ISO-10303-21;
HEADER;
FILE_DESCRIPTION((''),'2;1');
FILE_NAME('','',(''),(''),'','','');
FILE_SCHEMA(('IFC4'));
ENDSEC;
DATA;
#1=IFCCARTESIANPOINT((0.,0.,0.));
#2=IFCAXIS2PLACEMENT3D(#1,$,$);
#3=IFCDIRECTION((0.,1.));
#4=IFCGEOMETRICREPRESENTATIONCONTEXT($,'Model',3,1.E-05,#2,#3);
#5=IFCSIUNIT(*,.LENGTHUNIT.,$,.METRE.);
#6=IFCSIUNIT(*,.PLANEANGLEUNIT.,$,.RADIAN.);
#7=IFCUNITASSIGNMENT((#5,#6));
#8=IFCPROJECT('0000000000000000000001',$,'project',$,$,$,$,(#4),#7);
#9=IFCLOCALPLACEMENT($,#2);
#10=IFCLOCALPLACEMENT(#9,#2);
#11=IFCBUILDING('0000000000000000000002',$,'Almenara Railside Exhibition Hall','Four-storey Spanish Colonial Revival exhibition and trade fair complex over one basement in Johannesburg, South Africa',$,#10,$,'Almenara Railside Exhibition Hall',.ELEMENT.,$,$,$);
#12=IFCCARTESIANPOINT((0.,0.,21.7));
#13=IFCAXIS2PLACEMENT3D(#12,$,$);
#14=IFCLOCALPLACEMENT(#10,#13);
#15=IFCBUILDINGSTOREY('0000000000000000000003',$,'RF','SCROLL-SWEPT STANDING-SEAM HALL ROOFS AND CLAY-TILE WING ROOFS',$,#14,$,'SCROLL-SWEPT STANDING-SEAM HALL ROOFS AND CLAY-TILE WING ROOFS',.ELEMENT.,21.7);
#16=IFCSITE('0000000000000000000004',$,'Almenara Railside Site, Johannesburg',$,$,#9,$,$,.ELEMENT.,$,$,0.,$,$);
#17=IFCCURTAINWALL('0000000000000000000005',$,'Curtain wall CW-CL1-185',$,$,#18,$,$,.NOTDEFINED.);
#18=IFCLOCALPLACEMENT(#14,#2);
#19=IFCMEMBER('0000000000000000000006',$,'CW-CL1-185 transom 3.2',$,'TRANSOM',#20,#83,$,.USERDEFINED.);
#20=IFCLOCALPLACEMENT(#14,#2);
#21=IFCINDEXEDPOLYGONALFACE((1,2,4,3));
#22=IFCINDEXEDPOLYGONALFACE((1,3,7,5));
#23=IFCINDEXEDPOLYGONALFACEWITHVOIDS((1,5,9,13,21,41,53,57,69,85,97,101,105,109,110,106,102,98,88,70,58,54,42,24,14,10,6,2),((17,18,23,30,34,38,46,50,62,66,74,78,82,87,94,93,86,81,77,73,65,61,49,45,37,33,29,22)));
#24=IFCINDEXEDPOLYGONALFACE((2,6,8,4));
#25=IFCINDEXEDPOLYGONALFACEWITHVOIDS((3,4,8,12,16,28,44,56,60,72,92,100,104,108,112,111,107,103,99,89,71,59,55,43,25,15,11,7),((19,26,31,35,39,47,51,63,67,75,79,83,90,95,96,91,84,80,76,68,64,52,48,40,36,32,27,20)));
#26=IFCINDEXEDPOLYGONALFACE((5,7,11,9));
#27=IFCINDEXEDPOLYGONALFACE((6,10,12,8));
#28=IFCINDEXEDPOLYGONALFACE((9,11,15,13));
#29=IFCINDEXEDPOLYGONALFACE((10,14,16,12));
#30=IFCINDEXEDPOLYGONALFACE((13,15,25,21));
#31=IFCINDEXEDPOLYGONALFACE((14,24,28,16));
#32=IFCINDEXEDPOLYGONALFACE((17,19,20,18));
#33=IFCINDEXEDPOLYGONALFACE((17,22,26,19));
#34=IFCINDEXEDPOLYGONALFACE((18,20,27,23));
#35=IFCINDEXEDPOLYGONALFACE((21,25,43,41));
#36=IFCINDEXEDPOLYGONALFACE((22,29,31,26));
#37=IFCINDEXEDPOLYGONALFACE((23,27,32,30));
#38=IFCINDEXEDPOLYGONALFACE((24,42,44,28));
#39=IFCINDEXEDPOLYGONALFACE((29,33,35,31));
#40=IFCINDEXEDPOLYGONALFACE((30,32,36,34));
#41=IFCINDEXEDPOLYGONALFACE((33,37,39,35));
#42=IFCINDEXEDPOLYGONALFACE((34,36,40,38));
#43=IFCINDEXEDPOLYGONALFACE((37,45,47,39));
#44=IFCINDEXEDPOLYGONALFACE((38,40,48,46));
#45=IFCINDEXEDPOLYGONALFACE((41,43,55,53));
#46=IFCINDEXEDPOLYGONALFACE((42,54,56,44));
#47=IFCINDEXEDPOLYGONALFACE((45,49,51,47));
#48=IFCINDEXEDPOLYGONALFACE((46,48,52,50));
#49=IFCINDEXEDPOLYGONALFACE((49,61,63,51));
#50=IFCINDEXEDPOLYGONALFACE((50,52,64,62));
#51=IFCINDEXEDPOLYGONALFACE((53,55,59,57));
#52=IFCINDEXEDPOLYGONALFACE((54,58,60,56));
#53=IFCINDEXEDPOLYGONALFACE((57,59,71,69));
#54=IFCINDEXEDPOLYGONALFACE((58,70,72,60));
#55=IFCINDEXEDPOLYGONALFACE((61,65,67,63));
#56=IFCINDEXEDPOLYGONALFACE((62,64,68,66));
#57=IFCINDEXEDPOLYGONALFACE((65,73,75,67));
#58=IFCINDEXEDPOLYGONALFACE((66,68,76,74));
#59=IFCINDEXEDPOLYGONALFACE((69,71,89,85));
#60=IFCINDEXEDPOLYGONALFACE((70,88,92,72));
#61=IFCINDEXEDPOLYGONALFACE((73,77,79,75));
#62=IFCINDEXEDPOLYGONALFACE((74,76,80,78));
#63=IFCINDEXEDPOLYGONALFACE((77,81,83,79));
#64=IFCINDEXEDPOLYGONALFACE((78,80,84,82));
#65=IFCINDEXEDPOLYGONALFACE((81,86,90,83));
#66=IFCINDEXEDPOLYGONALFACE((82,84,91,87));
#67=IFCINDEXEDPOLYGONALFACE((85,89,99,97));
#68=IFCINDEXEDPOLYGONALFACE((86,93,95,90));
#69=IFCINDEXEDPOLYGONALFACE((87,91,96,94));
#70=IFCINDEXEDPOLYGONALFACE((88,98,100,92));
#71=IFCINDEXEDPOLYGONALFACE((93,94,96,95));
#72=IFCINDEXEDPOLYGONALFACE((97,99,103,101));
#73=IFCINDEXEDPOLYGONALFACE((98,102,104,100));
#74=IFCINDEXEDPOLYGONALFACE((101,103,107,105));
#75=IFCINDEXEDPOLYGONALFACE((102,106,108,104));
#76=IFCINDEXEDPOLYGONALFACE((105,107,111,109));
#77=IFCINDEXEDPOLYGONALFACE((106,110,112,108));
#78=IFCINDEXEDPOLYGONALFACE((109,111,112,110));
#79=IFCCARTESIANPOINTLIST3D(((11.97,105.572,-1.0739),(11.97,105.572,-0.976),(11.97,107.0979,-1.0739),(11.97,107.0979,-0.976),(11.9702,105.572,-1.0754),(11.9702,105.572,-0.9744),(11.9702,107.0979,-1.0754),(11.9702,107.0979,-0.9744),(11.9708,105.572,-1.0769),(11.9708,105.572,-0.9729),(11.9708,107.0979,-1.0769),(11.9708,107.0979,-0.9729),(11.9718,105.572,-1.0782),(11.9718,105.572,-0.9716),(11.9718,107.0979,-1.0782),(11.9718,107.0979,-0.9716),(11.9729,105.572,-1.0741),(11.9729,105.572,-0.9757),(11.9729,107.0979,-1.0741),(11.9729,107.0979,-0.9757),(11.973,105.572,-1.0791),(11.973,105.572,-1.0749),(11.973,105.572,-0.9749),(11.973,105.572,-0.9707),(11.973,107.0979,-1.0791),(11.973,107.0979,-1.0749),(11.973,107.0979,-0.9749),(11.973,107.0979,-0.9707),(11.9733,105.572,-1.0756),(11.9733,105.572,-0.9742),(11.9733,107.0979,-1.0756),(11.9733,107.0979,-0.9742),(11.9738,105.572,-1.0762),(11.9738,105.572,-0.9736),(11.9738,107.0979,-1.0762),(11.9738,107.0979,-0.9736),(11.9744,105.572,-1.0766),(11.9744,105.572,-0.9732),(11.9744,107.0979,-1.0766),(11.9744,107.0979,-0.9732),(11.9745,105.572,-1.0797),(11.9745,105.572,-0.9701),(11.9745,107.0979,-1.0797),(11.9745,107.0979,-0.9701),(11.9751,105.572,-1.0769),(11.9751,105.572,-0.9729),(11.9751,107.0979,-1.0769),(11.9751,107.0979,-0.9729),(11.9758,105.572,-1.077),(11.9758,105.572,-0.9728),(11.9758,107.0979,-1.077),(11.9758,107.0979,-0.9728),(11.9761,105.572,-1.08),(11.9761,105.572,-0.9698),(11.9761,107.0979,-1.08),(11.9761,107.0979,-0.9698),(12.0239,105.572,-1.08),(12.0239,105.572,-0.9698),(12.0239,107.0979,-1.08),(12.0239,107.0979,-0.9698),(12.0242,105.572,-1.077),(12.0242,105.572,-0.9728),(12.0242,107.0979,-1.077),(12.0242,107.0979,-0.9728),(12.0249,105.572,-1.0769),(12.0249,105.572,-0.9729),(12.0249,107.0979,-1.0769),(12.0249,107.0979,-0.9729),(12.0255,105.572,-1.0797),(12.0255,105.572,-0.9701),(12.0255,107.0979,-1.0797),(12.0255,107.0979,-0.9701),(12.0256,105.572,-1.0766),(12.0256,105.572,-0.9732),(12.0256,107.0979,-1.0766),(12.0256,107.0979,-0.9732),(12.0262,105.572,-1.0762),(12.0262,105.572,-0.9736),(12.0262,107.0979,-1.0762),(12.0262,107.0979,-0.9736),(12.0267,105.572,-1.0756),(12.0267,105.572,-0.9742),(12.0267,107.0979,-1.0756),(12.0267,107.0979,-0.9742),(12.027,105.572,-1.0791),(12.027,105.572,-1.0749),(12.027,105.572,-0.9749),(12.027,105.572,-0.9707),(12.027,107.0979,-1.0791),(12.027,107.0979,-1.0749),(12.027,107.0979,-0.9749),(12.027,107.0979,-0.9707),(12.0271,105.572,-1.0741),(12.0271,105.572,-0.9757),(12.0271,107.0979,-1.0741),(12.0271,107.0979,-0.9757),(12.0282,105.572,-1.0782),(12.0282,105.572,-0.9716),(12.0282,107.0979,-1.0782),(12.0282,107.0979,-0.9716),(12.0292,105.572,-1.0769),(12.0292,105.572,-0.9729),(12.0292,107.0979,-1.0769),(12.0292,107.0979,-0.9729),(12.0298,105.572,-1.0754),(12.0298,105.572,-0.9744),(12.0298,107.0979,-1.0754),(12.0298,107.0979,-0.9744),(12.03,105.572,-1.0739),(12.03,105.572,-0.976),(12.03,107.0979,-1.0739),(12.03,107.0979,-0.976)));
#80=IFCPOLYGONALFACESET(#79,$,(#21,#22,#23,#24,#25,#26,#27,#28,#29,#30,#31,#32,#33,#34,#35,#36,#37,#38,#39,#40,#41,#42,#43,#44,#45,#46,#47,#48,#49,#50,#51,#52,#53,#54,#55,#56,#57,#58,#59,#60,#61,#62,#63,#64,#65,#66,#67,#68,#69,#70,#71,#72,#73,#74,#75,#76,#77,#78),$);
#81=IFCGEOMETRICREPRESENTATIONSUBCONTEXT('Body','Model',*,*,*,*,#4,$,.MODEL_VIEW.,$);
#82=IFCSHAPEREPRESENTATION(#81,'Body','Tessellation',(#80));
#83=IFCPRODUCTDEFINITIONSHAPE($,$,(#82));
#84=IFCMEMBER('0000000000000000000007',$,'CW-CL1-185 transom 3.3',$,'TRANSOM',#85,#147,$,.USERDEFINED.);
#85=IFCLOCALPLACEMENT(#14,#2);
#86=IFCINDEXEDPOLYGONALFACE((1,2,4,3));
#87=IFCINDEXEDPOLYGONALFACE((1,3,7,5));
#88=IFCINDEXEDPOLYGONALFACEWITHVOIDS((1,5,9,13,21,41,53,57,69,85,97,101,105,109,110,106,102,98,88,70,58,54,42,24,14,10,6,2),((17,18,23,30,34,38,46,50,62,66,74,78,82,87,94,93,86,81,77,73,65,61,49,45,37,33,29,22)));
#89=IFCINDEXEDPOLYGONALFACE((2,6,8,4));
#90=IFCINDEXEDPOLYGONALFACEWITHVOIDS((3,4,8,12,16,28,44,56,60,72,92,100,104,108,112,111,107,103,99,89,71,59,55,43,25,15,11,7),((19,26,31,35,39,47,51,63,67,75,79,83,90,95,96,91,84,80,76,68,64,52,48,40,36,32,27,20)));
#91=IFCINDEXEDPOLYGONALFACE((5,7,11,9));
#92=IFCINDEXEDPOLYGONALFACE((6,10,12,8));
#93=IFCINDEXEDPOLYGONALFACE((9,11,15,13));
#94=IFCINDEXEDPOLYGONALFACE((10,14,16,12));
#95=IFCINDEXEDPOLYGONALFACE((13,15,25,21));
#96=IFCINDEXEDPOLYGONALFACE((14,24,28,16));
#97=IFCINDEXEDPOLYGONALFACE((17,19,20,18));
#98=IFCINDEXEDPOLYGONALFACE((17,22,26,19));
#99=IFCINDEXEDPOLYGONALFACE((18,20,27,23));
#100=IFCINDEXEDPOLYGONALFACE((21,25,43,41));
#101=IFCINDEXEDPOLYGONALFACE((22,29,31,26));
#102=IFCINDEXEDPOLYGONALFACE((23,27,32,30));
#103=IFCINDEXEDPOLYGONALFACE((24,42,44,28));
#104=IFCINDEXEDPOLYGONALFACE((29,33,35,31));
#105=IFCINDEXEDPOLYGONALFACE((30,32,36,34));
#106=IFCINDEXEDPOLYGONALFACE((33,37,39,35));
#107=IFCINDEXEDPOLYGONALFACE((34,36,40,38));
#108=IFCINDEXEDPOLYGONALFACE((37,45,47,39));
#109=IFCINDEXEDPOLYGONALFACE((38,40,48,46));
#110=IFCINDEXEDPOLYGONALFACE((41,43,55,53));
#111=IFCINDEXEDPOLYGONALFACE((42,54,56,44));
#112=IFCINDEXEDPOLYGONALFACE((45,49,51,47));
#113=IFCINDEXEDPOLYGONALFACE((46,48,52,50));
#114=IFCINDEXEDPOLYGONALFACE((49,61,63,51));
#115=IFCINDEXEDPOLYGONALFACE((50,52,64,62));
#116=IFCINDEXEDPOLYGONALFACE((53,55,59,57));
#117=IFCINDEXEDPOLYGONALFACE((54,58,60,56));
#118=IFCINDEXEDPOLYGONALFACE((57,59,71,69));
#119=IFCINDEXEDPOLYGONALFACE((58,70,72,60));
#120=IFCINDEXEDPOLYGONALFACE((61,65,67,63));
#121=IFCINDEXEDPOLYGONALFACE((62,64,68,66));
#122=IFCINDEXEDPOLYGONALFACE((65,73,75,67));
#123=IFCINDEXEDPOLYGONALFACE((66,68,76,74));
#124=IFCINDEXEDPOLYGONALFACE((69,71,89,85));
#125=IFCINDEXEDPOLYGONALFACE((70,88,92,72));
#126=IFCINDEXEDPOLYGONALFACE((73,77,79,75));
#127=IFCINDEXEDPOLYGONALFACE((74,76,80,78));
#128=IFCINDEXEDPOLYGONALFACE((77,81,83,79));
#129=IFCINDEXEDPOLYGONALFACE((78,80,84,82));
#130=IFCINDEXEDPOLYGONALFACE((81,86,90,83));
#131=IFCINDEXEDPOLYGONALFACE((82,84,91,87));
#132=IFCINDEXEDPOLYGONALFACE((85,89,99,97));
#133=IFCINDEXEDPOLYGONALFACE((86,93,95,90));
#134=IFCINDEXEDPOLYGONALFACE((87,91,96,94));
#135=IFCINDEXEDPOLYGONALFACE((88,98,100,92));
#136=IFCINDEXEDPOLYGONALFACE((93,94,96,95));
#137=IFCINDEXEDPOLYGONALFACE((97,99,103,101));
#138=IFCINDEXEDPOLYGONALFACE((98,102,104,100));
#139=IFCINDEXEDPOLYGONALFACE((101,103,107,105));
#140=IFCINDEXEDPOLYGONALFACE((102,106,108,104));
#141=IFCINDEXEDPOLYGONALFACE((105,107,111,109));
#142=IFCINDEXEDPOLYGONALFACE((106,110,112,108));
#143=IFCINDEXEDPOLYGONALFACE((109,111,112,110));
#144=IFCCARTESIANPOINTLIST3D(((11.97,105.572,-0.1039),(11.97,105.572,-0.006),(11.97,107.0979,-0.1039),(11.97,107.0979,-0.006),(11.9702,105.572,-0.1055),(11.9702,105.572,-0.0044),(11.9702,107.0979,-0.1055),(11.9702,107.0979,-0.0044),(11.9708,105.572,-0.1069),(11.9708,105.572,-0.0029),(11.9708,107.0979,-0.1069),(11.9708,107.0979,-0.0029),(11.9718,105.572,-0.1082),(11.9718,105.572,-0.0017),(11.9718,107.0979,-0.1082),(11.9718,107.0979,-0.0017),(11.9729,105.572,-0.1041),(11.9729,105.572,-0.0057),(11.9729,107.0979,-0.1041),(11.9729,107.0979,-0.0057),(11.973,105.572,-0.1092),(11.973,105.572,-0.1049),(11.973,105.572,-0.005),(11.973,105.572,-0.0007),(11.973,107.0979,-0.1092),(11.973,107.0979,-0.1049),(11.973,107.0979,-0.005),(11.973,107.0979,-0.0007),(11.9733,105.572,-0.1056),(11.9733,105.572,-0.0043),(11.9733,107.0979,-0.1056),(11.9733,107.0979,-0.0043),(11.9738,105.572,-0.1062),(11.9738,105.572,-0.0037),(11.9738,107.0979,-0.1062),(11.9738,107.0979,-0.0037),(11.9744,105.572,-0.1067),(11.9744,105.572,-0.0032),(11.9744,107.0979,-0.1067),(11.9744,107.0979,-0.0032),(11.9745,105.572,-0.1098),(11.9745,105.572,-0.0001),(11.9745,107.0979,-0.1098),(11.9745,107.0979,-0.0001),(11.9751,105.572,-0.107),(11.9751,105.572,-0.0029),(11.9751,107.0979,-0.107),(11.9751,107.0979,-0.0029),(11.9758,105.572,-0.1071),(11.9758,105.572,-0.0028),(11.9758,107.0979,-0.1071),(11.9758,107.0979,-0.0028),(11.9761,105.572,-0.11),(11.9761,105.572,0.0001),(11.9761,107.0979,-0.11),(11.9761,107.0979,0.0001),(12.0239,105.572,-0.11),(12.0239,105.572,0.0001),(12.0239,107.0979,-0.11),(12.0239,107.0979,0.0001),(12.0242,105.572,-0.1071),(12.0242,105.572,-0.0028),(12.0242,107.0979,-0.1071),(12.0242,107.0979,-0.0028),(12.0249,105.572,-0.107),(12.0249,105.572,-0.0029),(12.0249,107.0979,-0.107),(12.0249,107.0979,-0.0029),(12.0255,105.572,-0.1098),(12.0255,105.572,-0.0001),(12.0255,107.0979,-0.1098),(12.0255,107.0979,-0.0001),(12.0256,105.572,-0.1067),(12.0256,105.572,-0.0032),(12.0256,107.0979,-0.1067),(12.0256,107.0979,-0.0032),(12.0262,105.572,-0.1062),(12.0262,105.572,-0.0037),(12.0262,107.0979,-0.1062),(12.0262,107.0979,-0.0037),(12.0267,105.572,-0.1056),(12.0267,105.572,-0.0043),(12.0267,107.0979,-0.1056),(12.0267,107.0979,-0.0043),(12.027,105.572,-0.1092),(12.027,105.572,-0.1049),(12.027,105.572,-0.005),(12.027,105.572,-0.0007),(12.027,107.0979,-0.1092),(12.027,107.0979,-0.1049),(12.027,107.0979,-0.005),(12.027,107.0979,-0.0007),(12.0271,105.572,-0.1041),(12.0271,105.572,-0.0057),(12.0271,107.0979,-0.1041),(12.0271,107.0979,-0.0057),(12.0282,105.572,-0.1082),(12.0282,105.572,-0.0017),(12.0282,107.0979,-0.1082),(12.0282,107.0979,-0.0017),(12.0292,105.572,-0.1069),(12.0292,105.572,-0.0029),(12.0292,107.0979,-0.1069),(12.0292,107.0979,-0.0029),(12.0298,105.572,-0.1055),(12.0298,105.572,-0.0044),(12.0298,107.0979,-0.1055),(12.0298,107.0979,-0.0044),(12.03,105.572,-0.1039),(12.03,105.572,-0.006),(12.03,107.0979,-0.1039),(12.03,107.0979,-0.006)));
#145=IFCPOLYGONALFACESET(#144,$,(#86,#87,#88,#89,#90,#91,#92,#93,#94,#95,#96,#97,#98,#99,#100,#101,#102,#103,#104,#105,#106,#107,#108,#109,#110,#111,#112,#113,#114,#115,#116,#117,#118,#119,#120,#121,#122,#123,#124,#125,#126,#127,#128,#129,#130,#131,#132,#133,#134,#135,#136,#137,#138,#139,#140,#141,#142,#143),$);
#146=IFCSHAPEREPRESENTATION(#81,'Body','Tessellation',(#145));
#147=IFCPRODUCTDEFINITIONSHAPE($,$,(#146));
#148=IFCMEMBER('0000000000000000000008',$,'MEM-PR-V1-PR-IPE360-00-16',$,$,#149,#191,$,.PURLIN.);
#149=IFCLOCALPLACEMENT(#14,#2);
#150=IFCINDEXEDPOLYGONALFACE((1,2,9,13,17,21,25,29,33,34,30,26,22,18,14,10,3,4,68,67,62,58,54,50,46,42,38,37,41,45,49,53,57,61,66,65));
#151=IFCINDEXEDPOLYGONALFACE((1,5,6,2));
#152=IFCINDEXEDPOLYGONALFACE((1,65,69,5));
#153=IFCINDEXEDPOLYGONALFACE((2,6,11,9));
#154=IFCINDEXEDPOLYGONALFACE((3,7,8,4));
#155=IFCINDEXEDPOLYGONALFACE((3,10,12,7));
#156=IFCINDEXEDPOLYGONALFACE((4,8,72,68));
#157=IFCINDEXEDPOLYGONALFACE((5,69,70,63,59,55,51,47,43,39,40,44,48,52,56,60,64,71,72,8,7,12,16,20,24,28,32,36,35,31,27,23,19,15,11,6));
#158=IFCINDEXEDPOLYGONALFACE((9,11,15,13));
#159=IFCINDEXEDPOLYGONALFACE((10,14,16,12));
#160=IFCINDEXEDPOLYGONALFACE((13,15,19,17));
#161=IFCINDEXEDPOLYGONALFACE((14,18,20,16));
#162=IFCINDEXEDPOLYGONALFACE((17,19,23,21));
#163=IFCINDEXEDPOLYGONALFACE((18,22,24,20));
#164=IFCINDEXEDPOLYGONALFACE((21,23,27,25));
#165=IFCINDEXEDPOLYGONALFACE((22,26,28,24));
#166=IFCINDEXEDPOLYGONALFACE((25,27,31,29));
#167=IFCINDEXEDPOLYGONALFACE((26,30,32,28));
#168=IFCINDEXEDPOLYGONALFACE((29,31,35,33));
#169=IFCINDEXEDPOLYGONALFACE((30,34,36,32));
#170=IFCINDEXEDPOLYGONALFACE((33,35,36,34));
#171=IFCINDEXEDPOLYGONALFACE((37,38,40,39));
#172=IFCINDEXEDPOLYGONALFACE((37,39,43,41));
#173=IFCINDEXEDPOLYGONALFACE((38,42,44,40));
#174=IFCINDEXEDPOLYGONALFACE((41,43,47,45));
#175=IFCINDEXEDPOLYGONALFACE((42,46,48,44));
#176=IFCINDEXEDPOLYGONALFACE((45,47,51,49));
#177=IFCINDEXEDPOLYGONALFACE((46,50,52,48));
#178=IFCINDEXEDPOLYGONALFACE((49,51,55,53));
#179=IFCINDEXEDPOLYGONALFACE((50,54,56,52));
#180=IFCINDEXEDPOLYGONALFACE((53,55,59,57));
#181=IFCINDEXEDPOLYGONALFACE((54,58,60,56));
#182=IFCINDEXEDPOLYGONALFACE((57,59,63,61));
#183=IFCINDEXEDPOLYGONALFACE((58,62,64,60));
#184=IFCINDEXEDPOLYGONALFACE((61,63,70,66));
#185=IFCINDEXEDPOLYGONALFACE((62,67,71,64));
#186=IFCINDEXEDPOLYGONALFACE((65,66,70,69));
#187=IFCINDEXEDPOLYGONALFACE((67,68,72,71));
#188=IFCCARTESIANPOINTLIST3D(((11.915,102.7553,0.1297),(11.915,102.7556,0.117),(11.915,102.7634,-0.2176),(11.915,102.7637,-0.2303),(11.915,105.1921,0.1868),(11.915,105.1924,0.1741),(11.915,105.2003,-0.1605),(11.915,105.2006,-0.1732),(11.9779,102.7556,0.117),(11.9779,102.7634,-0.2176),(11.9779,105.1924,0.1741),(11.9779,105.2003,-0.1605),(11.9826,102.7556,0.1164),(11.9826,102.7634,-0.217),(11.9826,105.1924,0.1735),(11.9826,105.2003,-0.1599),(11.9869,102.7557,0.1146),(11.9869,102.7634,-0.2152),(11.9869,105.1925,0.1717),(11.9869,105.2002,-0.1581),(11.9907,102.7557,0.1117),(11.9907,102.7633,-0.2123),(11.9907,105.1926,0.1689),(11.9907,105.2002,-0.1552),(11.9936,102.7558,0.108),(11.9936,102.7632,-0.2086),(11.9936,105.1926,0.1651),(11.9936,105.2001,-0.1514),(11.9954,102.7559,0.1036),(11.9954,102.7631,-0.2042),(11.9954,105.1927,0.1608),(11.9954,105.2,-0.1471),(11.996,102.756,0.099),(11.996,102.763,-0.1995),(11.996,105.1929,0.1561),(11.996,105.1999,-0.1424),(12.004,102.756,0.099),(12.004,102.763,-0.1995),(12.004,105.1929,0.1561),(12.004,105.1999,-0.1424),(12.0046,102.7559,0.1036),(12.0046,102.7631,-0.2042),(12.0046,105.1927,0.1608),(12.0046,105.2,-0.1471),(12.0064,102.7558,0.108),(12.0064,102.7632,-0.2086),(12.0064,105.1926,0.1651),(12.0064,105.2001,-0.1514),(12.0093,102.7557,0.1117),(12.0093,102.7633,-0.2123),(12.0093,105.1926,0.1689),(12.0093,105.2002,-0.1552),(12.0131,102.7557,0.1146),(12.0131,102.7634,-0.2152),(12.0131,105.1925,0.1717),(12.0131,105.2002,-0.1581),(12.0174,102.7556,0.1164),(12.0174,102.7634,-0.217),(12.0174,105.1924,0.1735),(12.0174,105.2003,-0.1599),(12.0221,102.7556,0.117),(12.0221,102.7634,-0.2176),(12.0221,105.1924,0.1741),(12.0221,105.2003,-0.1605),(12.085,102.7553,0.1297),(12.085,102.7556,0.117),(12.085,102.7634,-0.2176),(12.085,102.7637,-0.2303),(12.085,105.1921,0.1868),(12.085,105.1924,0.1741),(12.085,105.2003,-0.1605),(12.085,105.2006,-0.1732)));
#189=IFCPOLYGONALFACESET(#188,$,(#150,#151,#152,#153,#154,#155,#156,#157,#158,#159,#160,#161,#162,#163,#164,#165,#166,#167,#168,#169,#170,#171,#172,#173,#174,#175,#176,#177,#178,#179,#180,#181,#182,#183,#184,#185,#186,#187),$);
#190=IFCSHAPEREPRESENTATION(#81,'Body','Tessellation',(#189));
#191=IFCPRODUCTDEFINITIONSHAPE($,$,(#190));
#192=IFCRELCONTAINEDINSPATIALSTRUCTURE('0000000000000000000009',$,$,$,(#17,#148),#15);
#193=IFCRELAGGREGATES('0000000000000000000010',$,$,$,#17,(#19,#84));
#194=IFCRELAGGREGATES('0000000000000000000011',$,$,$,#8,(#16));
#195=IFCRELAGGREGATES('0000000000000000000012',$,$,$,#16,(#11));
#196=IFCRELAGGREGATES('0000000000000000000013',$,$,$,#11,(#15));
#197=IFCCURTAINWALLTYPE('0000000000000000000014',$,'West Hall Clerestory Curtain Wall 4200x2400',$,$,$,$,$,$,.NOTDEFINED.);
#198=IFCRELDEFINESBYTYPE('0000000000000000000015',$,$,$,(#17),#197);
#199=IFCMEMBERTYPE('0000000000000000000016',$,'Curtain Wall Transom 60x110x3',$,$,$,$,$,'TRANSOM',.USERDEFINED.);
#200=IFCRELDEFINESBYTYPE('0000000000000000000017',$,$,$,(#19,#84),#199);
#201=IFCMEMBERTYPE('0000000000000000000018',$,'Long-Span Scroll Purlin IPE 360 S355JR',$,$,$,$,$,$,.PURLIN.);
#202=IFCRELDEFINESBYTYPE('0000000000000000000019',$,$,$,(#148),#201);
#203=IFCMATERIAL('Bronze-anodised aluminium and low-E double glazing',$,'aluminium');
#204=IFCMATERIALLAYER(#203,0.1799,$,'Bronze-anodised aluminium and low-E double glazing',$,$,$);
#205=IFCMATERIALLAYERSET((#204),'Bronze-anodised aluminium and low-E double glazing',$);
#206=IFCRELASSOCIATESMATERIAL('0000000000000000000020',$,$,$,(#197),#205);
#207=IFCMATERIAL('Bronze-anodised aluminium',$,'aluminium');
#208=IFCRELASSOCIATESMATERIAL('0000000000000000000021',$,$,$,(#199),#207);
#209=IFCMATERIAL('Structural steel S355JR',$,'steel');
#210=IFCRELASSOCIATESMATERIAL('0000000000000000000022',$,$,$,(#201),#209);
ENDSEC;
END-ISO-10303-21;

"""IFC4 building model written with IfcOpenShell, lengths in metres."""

from ifc_helpers import new_model, si_unit, direction, frame, origin, origin_2d, place, context, subcontext, project, spatial, hollow_rectangle, i_section, extrude, material, layer, layer_set, material_profile, profile_set, type_object, element, aggregate, save


model = new_model("IFC4")

# Units and contexts
model_context = context("Model", 3, precision=1e-05, world=origin(), true_north=direction((0.0, 1.0)))
body_context = subcontext(model_context, "Body", "Model", "MODEL_VIEW")
ifc_project = project(units=[si_unit("LENGTHUNIT", "METRE"), si_unit("PLANEANGLEUNIT", "RADIAN")], contexts=[model_context])

# Site, building, storey
site_placement = place(None, origin())
site = spatial("IfcSite", under=ifc_project, at=site_placement, Name="Almenara Railside Site, Johannesburg", CompositionType="ELEMENT", RefElevation=0.0)
building_placement = place(site_placement, origin())
building = spatial("IfcBuilding", under=site, at=building_placement, Name="Almenara Railside Exhibition Hall", Description="Four-storey Spanish Colonial Revival exhibition and trade fair complex over one basement in Johannesburg, South Africa", LongName="Almenara Railside Exhibition Hall", CompositionType="ELEMENT")
storey_placement = place(building_placement, frame((0.0, 0.0, 21.7)))
storey = spatial("IfcBuildingStorey", under=building, at=storey_placement, Name="RF", Description="SCROLL-SWEPT STANDING-SEAM HALL ROOFS AND CLAY-TILE WING ROOFS", LongName="SCROLL-SWEPT STANDING-SEAM HALL ROOFS AND CLAY-TILE WING ROOFS", CompositionType="ELEMENT", Elevation=21.7)

# Shared definitions
ifc_material_1 = material(Name="Structural steel S355JR", Category="steel")

# Curtain wall, members
ifc_material_2 = material(Name="Bronze-anodised aluminium and low-E double glazing", Category="aluminium")
ifc_layer_1 = layer(ifc_material_2, 0.1799, Name="Bronze-anodised aluminium and low-E double glazing")
ifc_layer_set_1 = layer_set([ifc_layer_1], Name="Bronze-anodised aluminium and low-E double glazing")
curtain_wall_type = type_object("IfcCurtainWallType", Name="West Hall Clerestory Curtain Wall 4200x2400", PredefinedType="NOTDEFINED", material=ifc_layer_set_1)
curtain_wall_placement = place(storey_placement, origin())
curtain_wall = element("IfcCurtainWall", 1, at=curtain_wall_placement, inside=storey, type_object=curtain_wall_type, Name="Curtain wall CW-CL1-185", PredefinedType="NOTDEFINED")
ifc_material_3 = material(Name="Bronze-anodised aluminium", Category="aluminium")
ifc_material_profile_1 = material_profile(ifc_material_3, hollow_rectangle(XDim=0.0601, YDim=0.1101, WallThickness=0.0029, InnerFilletRadius=0.0029, OuterFilletRadius=0.0061, at=origin_2d()), Name="ALU-TRN 60x110x3")
ifc_profile_set_1 = profile_set([ifc_material_profile_1], Name="Bronze-anodised aluminium")
member_type_1 = type_object("IfcMemberType", Name="Curtain Wall Transom 60x110x3", ElementType="TRANSOM", PredefinedType="USERDEFINED", material=ifc_profile_set_1)
member_1_placement = place(storey_placement, frame((12.0, 105.572, -1.0249), z_axis=(0.0, 1.0, 0.0), x_axis=(-1.0, 0.0, 0.0)))
member_1 = element("IfcMember", 2, at=member_1_placement, type_object=member_type_1, Name="CW-CL1-185 transom 3.2", ObjectType="TRANSOM", PredefinedType="USERDEFINED", context=body_context, shape_type="SweptSolid", body=[
    extrude(hollow_rectangle(XDim=0.0601, YDim=0.1101, WallThickness=0.0029, InnerFilletRadius=0.0029, OuterFilletRadius=0.0061, at=origin_2d()), origin(), (0.0, 0.0, 1.0), 1.5259),
])
member_2_placement = place(storey_placement, frame((12.0, 105.572, -0.0549), z_axis=(0.0, 1.0, 0.0), x_axis=(-1.0, 0.0, 0.0)))
member_2 = element("IfcMember", 3, at=member_2_placement, type_object=member_type_1, Name="CW-CL1-185 transom 3.3", ObjectType="TRANSOM", PredefinedType="USERDEFINED", context=body_context, shape_type="SweptSolid", body=[
    extrude(hollow_rectangle(XDim=0.0601, YDim=0.1101, WallThickness=0.0029, InnerFilletRadius=0.0029, OuterFilletRadius=0.0061, at=origin_2d()), origin(), (0.0, 0.0, 1.0), 1.5259),
])

# Member
ifc_material_profile_2 = material_profile(ifc_material_1, i_section(OverallWidth=0.1699, OverallDepth=0.3601, WebThickness=0.0081, FlangeThickness=0.0127, FilletRadius=0.0181, at=origin_2d()), Name="IPE 360")
ifc_profile_set_2 = profile_set([ifc_material_profile_2], Name="Structural steel S355JR")
member_type_2 = type_object("IfcMemberType", Name="Long-Span Scroll Purlin IPE 360 S355JR", PredefinedType="PURLIN", material=ifc_profile_set_2)
member_3_placement = place(storey_placement, frame((12.0, 102.7595, -0.0503), z_axis=(0.0, 0.999725, 0.023438), x_axis=(-1.0, 0.0, 0.0)))
element("IfcMember", 4, at=member_3_placement, inside=storey, type_object=member_type_2, Name="MEM-PR-V1-PR-IPE360-00-16", PredefinedType="PURLIN", context=body_context, shape_type="SweptSolid", body=[
    extrude(i_section(OverallWidth=0.1699, OverallDepth=0.3601, WebThickness=0.0081, FlangeThickness=0.0127, FilletRadius=0.0181, at=origin_2d()), origin(), (0.0, 0.0, 1.0), 2.4375),
])

aggregate(curtain_wall, [member_1, member_2])

save(model, "model.ifc")
